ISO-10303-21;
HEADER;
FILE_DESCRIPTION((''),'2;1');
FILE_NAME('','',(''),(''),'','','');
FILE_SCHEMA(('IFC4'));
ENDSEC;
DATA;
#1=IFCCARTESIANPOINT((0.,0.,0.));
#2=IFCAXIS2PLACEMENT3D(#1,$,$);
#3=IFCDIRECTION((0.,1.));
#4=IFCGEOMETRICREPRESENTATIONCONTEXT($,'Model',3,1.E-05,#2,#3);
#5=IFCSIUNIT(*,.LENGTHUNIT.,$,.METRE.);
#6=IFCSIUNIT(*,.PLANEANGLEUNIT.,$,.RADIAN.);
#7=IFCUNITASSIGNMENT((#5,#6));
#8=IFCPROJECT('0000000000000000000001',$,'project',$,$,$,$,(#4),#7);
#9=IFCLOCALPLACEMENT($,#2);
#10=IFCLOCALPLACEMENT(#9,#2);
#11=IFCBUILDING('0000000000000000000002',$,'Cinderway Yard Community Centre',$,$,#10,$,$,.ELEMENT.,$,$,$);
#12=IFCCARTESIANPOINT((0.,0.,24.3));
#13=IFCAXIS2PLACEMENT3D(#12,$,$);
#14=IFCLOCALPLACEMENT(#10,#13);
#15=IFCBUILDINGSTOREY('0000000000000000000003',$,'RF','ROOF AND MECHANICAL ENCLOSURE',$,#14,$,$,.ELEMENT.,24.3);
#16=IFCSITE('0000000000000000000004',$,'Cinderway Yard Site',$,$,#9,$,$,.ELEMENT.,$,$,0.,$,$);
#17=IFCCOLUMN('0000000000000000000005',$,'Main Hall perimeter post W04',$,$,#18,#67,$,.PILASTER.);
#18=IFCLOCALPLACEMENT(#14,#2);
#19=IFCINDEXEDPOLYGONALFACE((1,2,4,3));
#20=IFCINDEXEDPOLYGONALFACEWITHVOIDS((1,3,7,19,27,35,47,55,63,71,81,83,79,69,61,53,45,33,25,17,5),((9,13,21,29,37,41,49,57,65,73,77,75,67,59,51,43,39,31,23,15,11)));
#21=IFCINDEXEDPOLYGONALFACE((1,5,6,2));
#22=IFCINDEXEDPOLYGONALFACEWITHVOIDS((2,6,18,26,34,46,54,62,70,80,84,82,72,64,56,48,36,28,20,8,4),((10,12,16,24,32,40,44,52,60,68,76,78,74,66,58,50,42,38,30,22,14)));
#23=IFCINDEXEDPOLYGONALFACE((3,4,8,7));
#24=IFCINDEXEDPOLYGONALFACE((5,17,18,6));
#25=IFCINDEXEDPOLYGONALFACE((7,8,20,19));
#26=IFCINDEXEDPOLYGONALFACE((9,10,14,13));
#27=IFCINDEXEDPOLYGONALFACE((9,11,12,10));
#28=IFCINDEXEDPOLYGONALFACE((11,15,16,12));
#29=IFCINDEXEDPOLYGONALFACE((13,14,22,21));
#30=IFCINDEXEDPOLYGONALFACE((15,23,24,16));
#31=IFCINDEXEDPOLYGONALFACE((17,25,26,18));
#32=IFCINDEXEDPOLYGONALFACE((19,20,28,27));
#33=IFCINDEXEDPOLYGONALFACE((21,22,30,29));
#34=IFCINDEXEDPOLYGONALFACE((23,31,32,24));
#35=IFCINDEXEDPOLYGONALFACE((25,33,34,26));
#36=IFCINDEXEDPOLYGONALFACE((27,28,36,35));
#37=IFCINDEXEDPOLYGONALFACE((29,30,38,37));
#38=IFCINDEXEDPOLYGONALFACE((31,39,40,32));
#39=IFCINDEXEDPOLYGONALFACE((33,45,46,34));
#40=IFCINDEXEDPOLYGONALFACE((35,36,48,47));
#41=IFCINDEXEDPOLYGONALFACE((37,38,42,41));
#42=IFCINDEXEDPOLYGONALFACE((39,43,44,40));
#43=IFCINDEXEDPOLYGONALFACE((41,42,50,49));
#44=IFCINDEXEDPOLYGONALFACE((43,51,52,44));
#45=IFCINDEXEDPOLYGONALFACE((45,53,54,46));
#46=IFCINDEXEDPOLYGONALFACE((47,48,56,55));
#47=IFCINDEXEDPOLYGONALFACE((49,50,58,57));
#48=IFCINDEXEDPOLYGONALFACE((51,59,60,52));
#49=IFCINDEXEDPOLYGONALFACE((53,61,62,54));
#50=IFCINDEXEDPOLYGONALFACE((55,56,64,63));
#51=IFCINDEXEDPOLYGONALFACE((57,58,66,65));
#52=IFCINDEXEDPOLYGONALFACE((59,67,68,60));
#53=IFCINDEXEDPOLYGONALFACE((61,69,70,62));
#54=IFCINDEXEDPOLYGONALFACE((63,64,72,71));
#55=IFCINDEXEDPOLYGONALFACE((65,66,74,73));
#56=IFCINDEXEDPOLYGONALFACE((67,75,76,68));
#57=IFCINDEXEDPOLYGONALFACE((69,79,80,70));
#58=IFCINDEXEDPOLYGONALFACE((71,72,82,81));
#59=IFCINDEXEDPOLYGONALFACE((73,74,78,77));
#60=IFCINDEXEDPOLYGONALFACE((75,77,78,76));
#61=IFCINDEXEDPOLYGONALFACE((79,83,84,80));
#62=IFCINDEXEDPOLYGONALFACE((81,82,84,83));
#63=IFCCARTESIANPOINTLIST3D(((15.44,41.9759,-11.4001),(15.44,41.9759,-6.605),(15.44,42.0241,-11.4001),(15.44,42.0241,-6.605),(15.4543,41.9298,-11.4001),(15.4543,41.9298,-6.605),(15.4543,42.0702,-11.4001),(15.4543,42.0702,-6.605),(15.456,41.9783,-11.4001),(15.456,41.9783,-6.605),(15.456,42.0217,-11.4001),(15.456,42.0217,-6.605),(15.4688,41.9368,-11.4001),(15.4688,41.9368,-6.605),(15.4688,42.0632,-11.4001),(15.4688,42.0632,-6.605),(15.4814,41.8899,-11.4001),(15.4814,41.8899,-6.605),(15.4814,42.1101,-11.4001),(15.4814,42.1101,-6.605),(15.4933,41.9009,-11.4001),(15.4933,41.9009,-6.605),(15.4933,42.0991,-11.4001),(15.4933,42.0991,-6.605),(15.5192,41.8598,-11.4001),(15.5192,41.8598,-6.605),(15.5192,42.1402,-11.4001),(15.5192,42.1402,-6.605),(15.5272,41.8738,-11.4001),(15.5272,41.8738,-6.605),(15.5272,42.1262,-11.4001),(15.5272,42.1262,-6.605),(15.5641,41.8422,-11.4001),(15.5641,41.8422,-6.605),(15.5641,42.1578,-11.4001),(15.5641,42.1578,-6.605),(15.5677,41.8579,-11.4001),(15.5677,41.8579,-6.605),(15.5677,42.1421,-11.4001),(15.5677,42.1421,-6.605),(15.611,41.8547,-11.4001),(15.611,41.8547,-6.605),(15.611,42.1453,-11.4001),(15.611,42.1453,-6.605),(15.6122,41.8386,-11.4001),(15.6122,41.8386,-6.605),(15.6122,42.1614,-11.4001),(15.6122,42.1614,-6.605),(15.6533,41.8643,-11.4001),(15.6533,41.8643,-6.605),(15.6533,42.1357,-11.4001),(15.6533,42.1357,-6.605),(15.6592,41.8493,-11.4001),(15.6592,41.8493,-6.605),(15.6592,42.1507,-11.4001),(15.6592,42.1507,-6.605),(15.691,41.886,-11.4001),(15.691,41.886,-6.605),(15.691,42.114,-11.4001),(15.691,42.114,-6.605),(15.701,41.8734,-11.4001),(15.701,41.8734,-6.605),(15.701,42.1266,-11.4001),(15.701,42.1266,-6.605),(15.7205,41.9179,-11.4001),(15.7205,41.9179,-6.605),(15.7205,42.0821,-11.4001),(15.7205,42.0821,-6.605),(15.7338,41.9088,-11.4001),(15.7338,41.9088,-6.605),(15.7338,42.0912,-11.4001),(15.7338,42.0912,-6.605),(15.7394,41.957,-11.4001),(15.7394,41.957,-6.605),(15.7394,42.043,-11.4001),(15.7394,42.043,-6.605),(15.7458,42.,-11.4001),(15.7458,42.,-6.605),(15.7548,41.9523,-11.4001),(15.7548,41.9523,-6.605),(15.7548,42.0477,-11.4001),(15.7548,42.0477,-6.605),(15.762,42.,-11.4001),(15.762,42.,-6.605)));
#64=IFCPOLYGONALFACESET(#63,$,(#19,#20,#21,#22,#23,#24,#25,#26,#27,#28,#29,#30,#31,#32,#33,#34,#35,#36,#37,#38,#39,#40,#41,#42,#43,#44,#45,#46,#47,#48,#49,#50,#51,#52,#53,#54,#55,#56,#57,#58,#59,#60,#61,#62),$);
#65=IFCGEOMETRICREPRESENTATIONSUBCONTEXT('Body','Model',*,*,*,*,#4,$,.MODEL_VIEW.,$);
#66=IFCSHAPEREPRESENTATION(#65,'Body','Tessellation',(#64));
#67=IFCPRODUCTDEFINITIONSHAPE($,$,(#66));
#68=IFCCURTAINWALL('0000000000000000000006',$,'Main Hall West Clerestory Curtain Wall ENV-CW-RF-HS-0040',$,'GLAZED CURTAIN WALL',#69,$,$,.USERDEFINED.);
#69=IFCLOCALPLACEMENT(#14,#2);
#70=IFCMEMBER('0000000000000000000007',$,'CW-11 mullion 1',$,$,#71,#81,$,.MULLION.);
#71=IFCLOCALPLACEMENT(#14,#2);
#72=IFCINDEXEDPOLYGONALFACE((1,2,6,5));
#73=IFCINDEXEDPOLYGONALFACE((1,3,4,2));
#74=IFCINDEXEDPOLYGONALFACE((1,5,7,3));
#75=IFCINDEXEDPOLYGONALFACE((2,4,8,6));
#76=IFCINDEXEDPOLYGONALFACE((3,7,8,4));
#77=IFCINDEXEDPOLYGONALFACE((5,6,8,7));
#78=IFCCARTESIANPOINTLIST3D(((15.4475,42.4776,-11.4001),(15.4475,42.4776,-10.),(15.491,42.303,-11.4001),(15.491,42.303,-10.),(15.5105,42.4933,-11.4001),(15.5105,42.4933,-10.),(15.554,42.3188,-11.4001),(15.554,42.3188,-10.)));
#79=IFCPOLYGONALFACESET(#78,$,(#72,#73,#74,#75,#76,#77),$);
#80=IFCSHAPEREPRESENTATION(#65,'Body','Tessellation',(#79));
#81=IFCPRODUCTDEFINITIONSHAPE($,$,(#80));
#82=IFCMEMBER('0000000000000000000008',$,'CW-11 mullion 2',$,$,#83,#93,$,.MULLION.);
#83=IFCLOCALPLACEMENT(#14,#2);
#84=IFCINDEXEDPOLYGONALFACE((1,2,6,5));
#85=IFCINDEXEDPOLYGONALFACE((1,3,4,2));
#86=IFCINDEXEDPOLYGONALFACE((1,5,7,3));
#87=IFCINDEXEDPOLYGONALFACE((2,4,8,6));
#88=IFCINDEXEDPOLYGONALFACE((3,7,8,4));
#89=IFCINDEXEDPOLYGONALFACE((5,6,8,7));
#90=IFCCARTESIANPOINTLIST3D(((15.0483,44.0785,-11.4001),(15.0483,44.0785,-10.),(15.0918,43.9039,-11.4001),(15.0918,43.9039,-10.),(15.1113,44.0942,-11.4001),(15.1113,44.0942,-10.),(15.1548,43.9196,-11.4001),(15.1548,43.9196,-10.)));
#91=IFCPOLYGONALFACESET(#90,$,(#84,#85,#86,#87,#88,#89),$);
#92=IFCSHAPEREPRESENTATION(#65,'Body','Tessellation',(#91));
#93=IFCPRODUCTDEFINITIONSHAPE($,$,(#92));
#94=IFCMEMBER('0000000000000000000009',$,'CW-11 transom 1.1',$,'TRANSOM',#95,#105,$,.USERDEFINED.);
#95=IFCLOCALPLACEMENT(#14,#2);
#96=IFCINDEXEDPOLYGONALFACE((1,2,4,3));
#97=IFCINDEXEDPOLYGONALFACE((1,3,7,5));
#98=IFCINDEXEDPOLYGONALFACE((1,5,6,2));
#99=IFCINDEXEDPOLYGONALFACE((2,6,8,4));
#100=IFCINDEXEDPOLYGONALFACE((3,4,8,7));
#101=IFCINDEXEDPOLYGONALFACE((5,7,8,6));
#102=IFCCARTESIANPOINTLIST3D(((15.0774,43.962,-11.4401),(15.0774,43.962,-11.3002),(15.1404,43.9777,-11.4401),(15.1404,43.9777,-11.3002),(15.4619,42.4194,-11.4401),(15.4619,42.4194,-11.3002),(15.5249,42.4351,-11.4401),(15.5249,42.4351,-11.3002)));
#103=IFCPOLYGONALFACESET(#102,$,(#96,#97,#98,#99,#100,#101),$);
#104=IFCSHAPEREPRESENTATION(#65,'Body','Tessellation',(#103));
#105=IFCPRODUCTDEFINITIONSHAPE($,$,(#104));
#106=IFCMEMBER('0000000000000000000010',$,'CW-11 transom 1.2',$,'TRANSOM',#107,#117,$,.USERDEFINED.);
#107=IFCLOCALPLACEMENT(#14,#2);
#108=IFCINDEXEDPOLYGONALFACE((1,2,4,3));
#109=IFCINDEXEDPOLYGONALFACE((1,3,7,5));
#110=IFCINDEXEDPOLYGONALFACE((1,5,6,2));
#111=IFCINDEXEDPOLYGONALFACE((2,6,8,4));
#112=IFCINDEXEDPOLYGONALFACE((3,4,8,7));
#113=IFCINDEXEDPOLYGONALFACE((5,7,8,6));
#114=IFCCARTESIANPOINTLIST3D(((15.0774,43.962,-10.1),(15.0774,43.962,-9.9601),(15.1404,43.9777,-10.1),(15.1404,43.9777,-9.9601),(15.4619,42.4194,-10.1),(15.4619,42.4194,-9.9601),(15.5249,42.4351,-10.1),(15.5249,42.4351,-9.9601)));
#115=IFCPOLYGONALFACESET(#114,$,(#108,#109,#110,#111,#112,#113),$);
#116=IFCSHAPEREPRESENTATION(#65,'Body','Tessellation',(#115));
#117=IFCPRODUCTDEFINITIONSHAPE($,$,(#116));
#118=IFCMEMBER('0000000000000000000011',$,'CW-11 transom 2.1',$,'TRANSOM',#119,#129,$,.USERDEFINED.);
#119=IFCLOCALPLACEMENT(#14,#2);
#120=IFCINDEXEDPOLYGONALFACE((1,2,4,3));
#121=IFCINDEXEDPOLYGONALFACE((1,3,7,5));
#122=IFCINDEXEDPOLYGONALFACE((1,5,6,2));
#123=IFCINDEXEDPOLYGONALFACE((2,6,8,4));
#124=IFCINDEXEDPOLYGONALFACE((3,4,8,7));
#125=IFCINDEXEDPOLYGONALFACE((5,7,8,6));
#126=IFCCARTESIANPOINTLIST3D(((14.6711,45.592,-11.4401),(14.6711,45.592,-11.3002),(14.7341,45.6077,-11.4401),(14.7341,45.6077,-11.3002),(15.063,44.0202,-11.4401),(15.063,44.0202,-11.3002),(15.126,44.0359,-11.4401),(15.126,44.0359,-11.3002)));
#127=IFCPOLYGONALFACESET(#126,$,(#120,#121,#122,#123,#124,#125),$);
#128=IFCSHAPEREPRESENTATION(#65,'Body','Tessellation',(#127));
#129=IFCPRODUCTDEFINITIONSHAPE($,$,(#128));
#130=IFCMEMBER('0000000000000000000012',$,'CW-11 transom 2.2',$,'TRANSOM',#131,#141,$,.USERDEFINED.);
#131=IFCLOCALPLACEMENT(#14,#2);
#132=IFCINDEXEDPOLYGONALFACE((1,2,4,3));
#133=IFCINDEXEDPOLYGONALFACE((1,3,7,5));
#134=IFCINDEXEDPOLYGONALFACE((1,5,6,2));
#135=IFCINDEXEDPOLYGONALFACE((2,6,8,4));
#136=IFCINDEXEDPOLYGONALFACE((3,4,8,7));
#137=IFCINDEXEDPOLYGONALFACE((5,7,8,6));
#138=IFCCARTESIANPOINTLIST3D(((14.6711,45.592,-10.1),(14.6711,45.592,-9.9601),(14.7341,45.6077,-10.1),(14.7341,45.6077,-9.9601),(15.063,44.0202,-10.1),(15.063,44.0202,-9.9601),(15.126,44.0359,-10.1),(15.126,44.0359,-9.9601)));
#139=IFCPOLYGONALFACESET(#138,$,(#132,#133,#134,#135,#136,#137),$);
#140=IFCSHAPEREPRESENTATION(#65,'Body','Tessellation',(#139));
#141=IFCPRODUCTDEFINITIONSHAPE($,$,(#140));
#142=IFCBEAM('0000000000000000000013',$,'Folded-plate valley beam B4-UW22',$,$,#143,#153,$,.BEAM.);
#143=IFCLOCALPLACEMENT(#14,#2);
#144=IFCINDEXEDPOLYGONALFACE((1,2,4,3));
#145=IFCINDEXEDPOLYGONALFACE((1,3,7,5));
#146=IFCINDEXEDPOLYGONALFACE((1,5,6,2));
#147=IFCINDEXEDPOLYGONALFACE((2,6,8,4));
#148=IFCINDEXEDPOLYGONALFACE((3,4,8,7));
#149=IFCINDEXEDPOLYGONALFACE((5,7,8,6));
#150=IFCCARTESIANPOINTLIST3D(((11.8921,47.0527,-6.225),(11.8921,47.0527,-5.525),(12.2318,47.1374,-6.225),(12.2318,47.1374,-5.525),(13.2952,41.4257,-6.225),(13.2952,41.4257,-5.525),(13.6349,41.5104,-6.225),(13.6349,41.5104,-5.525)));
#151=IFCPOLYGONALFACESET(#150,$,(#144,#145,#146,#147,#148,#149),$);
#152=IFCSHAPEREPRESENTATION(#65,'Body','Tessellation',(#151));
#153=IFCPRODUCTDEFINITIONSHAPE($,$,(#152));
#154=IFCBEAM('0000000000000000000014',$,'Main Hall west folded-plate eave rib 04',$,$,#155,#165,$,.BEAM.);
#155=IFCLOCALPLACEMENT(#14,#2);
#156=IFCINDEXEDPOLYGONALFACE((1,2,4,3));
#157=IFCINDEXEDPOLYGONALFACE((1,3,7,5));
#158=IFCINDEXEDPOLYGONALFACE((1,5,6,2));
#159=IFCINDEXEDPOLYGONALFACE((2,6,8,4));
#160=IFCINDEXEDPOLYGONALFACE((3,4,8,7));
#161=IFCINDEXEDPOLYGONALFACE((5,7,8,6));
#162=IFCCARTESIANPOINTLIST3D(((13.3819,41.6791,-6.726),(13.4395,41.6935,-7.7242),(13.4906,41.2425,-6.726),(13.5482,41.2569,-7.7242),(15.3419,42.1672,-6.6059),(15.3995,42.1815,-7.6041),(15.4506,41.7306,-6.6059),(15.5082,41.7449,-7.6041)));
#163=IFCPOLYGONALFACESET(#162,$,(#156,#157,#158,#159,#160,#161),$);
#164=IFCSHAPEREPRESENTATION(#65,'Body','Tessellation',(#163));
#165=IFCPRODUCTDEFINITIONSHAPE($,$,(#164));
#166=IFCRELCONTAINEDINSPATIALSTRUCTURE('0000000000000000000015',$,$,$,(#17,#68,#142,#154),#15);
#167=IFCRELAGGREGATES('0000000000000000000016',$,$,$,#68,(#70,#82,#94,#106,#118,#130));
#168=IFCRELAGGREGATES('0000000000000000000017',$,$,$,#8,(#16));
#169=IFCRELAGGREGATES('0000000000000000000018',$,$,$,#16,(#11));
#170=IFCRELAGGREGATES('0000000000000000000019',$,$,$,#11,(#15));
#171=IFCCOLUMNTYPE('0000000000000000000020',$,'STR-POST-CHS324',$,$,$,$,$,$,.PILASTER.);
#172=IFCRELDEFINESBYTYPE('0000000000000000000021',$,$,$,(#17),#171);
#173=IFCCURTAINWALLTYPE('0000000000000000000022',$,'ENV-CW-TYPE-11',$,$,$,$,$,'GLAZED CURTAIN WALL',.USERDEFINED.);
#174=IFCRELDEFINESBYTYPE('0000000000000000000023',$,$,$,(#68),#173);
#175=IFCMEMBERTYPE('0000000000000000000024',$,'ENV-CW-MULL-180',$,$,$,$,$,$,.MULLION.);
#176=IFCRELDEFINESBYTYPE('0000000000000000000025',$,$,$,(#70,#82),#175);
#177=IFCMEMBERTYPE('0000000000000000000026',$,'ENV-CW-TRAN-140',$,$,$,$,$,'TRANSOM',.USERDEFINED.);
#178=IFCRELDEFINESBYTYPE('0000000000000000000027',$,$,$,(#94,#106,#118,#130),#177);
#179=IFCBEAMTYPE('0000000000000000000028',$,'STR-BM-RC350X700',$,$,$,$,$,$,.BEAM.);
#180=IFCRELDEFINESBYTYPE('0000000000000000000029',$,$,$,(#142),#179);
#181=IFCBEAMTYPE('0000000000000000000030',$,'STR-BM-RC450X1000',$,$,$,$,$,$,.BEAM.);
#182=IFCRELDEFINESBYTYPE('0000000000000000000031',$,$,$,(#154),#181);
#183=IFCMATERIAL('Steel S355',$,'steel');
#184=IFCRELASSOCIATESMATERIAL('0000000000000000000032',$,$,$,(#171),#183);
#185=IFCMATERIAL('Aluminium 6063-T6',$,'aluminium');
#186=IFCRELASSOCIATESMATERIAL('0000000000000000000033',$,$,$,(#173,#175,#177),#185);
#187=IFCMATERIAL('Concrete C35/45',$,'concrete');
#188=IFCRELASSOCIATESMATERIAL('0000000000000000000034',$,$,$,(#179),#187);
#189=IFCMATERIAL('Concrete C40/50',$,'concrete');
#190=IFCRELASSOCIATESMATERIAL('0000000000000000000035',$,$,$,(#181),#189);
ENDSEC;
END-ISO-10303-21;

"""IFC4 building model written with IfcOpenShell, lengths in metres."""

from ifc_helpers import new_model, si_unit, direction, frame, origin, origin_2d, place, context, subcontext, project, spatial, rectangle, hollow_circle, extrude, material, material_profile, profile_set, type_object, element, aggregate, save


model = new_model("IFC4")

# Units and contexts
model_context = context("Model", 3, precision=1e-05, world=origin(), true_north=direction((0.0, 1.0)))
body_context = subcontext(model_context, "Body", "Model", "MODEL_VIEW")
ifc_project = project(units=[si_unit("LENGTHUNIT", "METRE"), si_unit("PLANEANGLEUNIT", "RADIAN")], contexts=[model_context])

# Site, building, storey
site_placement = place(None, origin())
site = spatial("IfcSite", under=ifc_project, at=site_placement, Name="Cinderway Yard Site", CompositionType="ELEMENT", RefElevation=0.0)
building_placement = place(site_placement, origin())
building = spatial("IfcBuilding", under=site, at=building_placement, Name="Cinderway Yard Community Centre", CompositionType="ELEMENT")
storey_placement = place(building_placement, frame((0.0, 0.0, 24.3)))
storey = spatial("IfcBuildingStorey", under=building, at=storey_placement, Name="RF", Description="ROOF AND MECHANICAL ENCLOSURE", CompositionType="ELEMENT", Elevation=24.3)

# Column
ifc_material_1 = material(Name="Steel S355", Category="steel")
ifc_material_profile_1 = material_profile(ifc_material_1, hollow_circle(Radius=0.1619, WallThickness=0.0161, at=origin_2d()), Name="Steel S355")
ifc_profile_set_1 = profile_set([ifc_material_profile_1], Name="Steel S355")
column_type = type_object("IfcColumnType", Name="STR-POST-CHS324", PredefinedType="PILASTER", material=ifc_profile_set_1)
column_placement = place(storey_placement, frame((15.6001, 42.0, -11.4001), z_axis=(0.0, 0.0, 1.0), x_axis=(1.0, 0.0, 0.0)))
element("IfcColumn", 1, at=column_placement, inside=storey, type_object=column_type, Name="Main Hall perimeter post W04", PredefinedType="PILASTER", context=body_context, shape_type="SweptSolid", body=[
    extrude(hollow_circle(Radius=0.1619, WallThickness=0.0161, at=origin_2d()), origin(), (0.0, 0.0, 1.0), 4.7952),
])

# Curtain wall, members
ifc_material_2 = material(Name="Aluminium 6063-T6", Category="aluminium")
curtain_wall_type = type_object("IfcCurtainWallType", Name="ENV-CW-TYPE-11", ElementType="GLAZED CURTAIN WALL", PredefinedType="USERDEFINED", material=ifc_material_2)
curtain_wall_placement = place(storey_placement, origin())
curtain_wall = element("IfcCurtainWall", 2, at=curtain_wall_placement, inside=storey, type_object=curtain_wall_type, Name="Main Hall West Clerestory Curtain Wall ENV-CW-RF-HS-0040", ObjectType="GLAZED CURTAIN WALL", PredefinedType="USERDEFINED")
ifc_material_profile_2 = material_profile(ifc_material_2, rectangle(XDim=0.0649, YDim=0.1799, at=origin_2d()), Name="Aluminium 6063-T6")
ifc_profile_set_2 = profile_set([ifc_material_profile_2], Name="Aluminium 6063-T6")
member_type_1 = type_object("IfcMemberType", Name="ENV-CW-MULL-180", PredefinedType="MULLION", material=ifc_profile_set_2)
member_1_placement = place(storey_placement, frame((15.5007, 42.3982, -11.4001), z_axis=(0.0, 0.0, 1.0), x_axis=(-0.970306, -0.241882, 0.0)))
member_1 = element("IfcMember", 3, at=member_1_placement, type_object=member_type_1, Name="CW-11 mullion 1", PredefinedType="MULLION", context=body_context, shape_type="SweptSolid", body=[
    extrude(rectangle(XDim=0.0649, YDim=0.1799, at=origin_2d()), origin(), (0.0, 0.0, 1.0), 1.4001),
])
member_2_placement = place(storey_placement, frame((15.1016, 43.999, -11.4001), z_axis=(0.0, 0.0, 1.0), x_axis=(-0.970306, -0.241882, 0.0)))
member_2 = element("IfcMember", 4, at=member_2_placement, type_object=member_type_1, Name="CW-11 mullion 2", PredefinedType="MULLION", context=body_context, shape_type="SweptSolid", body=[
    extrude(rectangle(XDim=0.0649, YDim=0.1799, at=origin_2d()), origin(), (0.0, 0.0, 1.0), 1.4001),
])
ifc_material_profile_3 = material_profile(ifc_material_2, rectangle(XDim=0.0649, YDim=0.1399, at=origin_2d()), Name="Aluminium 6063-T6")
ifc_profile_set_3 = profile_set([ifc_material_profile_3], Name="Aluminium 6063-T6")
member_type_2 = type_object("IfcMemberType", Name="ENV-CW-TRAN-140", ElementType="TRANSOM", PredefinedType="USERDEFINED", material=ifc_profile_set_3)
member_3_placement = place(storey_placement, frame((15.4934, 42.4272, -11.3701), z_axis=(-0.241849, 0.970314, 0.0), x_axis=(-0.970314, -0.241849, 0.0)))
member_3 = element("IfcMember", 5, at=member_3_placement, type_object=member_type_2, Name="CW-11 transom 1.1", ObjectType="TRANSOM", PredefinedType="USERDEFINED", context=body_context, shape_type="SweptSolid", body=[
    extrude(rectangle(XDim=0.0649, YDim=0.1399, at=origin_2d()), origin(), (0.0, 0.0, 1.0), 1.5898),
])
member_4_placement = place(storey_placement, frame((15.4934, 42.4272, -10.03), z_axis=(-0.241849, 0.970314, 0.0), x_axis=(-0.970314, -0.241849, 0.0)))
member_4 = element("IfcMember", 6, at=member_4_placement, type_object=member_type_2, Name="CW-11 transom 1.2", ObjectType="TRANSOM", PredefinedType="USERDEFINED", context=body_context, shape_type="SweptSolid", body=[
    extrude(rectangle(XDim=0.0649, YDim=0.1399, at=origin_2d()), origin(), (0.0, 0.0, 1.0), 1.5898),
])
member_5_placement = place(storey_placement, frame((15.0945, 44.0281, -11.3701), z_axis=(-0.241897, 0.970302, 0.0), x_axis=(-0.970302, -0.241897, 0.0)))
member_5 = element("IfcMember", 7, at=member_5_placement, type_object=member_type_2, Name="CW-11 transom 2.1", ObjectType="TRANSOM", PredefinedType="USERDEFINED", context=body_context, shape_type="SweptSolid", body=[
    extrude(rectangle(XDim=0.0649, YDim=0.1399, at=origin_2d()), origin(), (0.0, 0.0, 1.0), 1.6199),
])
member_6_placement = place(storey_placement, frame((15.0945, 44.0281, -10.03), z_axis=(-0.241897, 0.970302, 0.0), x_axis=(-0.970302, -0.241897, 0.0)))
member_6 = element("IfcMember", 8, at=member_6_placement, type_object=member_type_2, Name="CW-11 transom 2.2", ObjectType="TRANSOM", PredefinedType="USERDEFINED", context=body_context, shape_type="SweptSolid", body=[
    extrude(rectangle(XDim=0.0649, YDim=0.1399, at=origin_2d()), origin(), (0.0, 0.0, 1.0), 1.6199),
])

# Beams
ifc_material_3 = material(Name="Concrete C35/45", Category="concrete")
ifc_material_profile_4 = material_profile(ifc_material_3, rectangle(XDim=0.3501, YDim=0.7, at=origin_2d()), Name="Concrete C35/45")
ifc_profile_set_4 = profile_set([ifc_material_profile_4], Name="Concrete C35/45")
beam_type_1 = type_object("IfcBeamType", Name="STR-BM-RC350X700", PredefinedType="BEAM", material=ifc_profile_set_4)
beam_1_placement = place(storey_placement, frame((13.4651, 41.468, -5.875), z_axis=(-0.241941, 0.970291, 0.0), x_axis=(-0.970291, -0.241941, 0.0)))
element("IfcBeam", 9, at=beam_1_placement, inside=storey, type_object=beam_type_1, Name="Folded-plate valley beam B4-UW22", PredefinedType="BEAM", context=body_context, shape_type="SweptSolid", body=[
    extrude(rectangle(XDim=0.3501, YDim=0.7, at=origin_2d()), origin(), (0.0, 0.0, 1.0), 5.7993),
])
ifc_material_4 = material(Name="Concrete C40/50", Category="concrete")
ifc_material_profile_5 = material_profile(ifc_material_4, rectangle(XDim=0.45, YDim=1.0, at=origin_2d()), Name="Concrete C40/50")
ifc_profile_set_5 = profile_set([ifc_material_profile_5], Name="Concrete C40/50")
beam_type_2 = type_object("IfcBeamType", Name="STR-BM-RC450X1000", PredefinedType="BEAM", material=ifc_profile_set_5)
beam_2_placement = place(storey_placement, frame((15.425, 41.9561, -7.105), z_axis=(-0.968658, -0.241199, -0.059365), x_axis=(0.241625, -0.97037, 0.0)))
element("IfcBeam", 10, at=beam_2_placement, inside=storey, type_object=beam_type_2, Name="Main Hall west folded-plate eave rib 04", PredefinedType="BEAM", context=body_context, shape_type="SweptSolid", body=[
    extrude(rectangle(XDim=0.45, YDim=1.0, at=origin_2d()), origin(), (0.0, 0.0, 1.0), 2.0234),
])

aggregate(curtain_wall, [member_1, member_2, member_3, member_4, member_5, member_6])

save(model, "model.ifc")
